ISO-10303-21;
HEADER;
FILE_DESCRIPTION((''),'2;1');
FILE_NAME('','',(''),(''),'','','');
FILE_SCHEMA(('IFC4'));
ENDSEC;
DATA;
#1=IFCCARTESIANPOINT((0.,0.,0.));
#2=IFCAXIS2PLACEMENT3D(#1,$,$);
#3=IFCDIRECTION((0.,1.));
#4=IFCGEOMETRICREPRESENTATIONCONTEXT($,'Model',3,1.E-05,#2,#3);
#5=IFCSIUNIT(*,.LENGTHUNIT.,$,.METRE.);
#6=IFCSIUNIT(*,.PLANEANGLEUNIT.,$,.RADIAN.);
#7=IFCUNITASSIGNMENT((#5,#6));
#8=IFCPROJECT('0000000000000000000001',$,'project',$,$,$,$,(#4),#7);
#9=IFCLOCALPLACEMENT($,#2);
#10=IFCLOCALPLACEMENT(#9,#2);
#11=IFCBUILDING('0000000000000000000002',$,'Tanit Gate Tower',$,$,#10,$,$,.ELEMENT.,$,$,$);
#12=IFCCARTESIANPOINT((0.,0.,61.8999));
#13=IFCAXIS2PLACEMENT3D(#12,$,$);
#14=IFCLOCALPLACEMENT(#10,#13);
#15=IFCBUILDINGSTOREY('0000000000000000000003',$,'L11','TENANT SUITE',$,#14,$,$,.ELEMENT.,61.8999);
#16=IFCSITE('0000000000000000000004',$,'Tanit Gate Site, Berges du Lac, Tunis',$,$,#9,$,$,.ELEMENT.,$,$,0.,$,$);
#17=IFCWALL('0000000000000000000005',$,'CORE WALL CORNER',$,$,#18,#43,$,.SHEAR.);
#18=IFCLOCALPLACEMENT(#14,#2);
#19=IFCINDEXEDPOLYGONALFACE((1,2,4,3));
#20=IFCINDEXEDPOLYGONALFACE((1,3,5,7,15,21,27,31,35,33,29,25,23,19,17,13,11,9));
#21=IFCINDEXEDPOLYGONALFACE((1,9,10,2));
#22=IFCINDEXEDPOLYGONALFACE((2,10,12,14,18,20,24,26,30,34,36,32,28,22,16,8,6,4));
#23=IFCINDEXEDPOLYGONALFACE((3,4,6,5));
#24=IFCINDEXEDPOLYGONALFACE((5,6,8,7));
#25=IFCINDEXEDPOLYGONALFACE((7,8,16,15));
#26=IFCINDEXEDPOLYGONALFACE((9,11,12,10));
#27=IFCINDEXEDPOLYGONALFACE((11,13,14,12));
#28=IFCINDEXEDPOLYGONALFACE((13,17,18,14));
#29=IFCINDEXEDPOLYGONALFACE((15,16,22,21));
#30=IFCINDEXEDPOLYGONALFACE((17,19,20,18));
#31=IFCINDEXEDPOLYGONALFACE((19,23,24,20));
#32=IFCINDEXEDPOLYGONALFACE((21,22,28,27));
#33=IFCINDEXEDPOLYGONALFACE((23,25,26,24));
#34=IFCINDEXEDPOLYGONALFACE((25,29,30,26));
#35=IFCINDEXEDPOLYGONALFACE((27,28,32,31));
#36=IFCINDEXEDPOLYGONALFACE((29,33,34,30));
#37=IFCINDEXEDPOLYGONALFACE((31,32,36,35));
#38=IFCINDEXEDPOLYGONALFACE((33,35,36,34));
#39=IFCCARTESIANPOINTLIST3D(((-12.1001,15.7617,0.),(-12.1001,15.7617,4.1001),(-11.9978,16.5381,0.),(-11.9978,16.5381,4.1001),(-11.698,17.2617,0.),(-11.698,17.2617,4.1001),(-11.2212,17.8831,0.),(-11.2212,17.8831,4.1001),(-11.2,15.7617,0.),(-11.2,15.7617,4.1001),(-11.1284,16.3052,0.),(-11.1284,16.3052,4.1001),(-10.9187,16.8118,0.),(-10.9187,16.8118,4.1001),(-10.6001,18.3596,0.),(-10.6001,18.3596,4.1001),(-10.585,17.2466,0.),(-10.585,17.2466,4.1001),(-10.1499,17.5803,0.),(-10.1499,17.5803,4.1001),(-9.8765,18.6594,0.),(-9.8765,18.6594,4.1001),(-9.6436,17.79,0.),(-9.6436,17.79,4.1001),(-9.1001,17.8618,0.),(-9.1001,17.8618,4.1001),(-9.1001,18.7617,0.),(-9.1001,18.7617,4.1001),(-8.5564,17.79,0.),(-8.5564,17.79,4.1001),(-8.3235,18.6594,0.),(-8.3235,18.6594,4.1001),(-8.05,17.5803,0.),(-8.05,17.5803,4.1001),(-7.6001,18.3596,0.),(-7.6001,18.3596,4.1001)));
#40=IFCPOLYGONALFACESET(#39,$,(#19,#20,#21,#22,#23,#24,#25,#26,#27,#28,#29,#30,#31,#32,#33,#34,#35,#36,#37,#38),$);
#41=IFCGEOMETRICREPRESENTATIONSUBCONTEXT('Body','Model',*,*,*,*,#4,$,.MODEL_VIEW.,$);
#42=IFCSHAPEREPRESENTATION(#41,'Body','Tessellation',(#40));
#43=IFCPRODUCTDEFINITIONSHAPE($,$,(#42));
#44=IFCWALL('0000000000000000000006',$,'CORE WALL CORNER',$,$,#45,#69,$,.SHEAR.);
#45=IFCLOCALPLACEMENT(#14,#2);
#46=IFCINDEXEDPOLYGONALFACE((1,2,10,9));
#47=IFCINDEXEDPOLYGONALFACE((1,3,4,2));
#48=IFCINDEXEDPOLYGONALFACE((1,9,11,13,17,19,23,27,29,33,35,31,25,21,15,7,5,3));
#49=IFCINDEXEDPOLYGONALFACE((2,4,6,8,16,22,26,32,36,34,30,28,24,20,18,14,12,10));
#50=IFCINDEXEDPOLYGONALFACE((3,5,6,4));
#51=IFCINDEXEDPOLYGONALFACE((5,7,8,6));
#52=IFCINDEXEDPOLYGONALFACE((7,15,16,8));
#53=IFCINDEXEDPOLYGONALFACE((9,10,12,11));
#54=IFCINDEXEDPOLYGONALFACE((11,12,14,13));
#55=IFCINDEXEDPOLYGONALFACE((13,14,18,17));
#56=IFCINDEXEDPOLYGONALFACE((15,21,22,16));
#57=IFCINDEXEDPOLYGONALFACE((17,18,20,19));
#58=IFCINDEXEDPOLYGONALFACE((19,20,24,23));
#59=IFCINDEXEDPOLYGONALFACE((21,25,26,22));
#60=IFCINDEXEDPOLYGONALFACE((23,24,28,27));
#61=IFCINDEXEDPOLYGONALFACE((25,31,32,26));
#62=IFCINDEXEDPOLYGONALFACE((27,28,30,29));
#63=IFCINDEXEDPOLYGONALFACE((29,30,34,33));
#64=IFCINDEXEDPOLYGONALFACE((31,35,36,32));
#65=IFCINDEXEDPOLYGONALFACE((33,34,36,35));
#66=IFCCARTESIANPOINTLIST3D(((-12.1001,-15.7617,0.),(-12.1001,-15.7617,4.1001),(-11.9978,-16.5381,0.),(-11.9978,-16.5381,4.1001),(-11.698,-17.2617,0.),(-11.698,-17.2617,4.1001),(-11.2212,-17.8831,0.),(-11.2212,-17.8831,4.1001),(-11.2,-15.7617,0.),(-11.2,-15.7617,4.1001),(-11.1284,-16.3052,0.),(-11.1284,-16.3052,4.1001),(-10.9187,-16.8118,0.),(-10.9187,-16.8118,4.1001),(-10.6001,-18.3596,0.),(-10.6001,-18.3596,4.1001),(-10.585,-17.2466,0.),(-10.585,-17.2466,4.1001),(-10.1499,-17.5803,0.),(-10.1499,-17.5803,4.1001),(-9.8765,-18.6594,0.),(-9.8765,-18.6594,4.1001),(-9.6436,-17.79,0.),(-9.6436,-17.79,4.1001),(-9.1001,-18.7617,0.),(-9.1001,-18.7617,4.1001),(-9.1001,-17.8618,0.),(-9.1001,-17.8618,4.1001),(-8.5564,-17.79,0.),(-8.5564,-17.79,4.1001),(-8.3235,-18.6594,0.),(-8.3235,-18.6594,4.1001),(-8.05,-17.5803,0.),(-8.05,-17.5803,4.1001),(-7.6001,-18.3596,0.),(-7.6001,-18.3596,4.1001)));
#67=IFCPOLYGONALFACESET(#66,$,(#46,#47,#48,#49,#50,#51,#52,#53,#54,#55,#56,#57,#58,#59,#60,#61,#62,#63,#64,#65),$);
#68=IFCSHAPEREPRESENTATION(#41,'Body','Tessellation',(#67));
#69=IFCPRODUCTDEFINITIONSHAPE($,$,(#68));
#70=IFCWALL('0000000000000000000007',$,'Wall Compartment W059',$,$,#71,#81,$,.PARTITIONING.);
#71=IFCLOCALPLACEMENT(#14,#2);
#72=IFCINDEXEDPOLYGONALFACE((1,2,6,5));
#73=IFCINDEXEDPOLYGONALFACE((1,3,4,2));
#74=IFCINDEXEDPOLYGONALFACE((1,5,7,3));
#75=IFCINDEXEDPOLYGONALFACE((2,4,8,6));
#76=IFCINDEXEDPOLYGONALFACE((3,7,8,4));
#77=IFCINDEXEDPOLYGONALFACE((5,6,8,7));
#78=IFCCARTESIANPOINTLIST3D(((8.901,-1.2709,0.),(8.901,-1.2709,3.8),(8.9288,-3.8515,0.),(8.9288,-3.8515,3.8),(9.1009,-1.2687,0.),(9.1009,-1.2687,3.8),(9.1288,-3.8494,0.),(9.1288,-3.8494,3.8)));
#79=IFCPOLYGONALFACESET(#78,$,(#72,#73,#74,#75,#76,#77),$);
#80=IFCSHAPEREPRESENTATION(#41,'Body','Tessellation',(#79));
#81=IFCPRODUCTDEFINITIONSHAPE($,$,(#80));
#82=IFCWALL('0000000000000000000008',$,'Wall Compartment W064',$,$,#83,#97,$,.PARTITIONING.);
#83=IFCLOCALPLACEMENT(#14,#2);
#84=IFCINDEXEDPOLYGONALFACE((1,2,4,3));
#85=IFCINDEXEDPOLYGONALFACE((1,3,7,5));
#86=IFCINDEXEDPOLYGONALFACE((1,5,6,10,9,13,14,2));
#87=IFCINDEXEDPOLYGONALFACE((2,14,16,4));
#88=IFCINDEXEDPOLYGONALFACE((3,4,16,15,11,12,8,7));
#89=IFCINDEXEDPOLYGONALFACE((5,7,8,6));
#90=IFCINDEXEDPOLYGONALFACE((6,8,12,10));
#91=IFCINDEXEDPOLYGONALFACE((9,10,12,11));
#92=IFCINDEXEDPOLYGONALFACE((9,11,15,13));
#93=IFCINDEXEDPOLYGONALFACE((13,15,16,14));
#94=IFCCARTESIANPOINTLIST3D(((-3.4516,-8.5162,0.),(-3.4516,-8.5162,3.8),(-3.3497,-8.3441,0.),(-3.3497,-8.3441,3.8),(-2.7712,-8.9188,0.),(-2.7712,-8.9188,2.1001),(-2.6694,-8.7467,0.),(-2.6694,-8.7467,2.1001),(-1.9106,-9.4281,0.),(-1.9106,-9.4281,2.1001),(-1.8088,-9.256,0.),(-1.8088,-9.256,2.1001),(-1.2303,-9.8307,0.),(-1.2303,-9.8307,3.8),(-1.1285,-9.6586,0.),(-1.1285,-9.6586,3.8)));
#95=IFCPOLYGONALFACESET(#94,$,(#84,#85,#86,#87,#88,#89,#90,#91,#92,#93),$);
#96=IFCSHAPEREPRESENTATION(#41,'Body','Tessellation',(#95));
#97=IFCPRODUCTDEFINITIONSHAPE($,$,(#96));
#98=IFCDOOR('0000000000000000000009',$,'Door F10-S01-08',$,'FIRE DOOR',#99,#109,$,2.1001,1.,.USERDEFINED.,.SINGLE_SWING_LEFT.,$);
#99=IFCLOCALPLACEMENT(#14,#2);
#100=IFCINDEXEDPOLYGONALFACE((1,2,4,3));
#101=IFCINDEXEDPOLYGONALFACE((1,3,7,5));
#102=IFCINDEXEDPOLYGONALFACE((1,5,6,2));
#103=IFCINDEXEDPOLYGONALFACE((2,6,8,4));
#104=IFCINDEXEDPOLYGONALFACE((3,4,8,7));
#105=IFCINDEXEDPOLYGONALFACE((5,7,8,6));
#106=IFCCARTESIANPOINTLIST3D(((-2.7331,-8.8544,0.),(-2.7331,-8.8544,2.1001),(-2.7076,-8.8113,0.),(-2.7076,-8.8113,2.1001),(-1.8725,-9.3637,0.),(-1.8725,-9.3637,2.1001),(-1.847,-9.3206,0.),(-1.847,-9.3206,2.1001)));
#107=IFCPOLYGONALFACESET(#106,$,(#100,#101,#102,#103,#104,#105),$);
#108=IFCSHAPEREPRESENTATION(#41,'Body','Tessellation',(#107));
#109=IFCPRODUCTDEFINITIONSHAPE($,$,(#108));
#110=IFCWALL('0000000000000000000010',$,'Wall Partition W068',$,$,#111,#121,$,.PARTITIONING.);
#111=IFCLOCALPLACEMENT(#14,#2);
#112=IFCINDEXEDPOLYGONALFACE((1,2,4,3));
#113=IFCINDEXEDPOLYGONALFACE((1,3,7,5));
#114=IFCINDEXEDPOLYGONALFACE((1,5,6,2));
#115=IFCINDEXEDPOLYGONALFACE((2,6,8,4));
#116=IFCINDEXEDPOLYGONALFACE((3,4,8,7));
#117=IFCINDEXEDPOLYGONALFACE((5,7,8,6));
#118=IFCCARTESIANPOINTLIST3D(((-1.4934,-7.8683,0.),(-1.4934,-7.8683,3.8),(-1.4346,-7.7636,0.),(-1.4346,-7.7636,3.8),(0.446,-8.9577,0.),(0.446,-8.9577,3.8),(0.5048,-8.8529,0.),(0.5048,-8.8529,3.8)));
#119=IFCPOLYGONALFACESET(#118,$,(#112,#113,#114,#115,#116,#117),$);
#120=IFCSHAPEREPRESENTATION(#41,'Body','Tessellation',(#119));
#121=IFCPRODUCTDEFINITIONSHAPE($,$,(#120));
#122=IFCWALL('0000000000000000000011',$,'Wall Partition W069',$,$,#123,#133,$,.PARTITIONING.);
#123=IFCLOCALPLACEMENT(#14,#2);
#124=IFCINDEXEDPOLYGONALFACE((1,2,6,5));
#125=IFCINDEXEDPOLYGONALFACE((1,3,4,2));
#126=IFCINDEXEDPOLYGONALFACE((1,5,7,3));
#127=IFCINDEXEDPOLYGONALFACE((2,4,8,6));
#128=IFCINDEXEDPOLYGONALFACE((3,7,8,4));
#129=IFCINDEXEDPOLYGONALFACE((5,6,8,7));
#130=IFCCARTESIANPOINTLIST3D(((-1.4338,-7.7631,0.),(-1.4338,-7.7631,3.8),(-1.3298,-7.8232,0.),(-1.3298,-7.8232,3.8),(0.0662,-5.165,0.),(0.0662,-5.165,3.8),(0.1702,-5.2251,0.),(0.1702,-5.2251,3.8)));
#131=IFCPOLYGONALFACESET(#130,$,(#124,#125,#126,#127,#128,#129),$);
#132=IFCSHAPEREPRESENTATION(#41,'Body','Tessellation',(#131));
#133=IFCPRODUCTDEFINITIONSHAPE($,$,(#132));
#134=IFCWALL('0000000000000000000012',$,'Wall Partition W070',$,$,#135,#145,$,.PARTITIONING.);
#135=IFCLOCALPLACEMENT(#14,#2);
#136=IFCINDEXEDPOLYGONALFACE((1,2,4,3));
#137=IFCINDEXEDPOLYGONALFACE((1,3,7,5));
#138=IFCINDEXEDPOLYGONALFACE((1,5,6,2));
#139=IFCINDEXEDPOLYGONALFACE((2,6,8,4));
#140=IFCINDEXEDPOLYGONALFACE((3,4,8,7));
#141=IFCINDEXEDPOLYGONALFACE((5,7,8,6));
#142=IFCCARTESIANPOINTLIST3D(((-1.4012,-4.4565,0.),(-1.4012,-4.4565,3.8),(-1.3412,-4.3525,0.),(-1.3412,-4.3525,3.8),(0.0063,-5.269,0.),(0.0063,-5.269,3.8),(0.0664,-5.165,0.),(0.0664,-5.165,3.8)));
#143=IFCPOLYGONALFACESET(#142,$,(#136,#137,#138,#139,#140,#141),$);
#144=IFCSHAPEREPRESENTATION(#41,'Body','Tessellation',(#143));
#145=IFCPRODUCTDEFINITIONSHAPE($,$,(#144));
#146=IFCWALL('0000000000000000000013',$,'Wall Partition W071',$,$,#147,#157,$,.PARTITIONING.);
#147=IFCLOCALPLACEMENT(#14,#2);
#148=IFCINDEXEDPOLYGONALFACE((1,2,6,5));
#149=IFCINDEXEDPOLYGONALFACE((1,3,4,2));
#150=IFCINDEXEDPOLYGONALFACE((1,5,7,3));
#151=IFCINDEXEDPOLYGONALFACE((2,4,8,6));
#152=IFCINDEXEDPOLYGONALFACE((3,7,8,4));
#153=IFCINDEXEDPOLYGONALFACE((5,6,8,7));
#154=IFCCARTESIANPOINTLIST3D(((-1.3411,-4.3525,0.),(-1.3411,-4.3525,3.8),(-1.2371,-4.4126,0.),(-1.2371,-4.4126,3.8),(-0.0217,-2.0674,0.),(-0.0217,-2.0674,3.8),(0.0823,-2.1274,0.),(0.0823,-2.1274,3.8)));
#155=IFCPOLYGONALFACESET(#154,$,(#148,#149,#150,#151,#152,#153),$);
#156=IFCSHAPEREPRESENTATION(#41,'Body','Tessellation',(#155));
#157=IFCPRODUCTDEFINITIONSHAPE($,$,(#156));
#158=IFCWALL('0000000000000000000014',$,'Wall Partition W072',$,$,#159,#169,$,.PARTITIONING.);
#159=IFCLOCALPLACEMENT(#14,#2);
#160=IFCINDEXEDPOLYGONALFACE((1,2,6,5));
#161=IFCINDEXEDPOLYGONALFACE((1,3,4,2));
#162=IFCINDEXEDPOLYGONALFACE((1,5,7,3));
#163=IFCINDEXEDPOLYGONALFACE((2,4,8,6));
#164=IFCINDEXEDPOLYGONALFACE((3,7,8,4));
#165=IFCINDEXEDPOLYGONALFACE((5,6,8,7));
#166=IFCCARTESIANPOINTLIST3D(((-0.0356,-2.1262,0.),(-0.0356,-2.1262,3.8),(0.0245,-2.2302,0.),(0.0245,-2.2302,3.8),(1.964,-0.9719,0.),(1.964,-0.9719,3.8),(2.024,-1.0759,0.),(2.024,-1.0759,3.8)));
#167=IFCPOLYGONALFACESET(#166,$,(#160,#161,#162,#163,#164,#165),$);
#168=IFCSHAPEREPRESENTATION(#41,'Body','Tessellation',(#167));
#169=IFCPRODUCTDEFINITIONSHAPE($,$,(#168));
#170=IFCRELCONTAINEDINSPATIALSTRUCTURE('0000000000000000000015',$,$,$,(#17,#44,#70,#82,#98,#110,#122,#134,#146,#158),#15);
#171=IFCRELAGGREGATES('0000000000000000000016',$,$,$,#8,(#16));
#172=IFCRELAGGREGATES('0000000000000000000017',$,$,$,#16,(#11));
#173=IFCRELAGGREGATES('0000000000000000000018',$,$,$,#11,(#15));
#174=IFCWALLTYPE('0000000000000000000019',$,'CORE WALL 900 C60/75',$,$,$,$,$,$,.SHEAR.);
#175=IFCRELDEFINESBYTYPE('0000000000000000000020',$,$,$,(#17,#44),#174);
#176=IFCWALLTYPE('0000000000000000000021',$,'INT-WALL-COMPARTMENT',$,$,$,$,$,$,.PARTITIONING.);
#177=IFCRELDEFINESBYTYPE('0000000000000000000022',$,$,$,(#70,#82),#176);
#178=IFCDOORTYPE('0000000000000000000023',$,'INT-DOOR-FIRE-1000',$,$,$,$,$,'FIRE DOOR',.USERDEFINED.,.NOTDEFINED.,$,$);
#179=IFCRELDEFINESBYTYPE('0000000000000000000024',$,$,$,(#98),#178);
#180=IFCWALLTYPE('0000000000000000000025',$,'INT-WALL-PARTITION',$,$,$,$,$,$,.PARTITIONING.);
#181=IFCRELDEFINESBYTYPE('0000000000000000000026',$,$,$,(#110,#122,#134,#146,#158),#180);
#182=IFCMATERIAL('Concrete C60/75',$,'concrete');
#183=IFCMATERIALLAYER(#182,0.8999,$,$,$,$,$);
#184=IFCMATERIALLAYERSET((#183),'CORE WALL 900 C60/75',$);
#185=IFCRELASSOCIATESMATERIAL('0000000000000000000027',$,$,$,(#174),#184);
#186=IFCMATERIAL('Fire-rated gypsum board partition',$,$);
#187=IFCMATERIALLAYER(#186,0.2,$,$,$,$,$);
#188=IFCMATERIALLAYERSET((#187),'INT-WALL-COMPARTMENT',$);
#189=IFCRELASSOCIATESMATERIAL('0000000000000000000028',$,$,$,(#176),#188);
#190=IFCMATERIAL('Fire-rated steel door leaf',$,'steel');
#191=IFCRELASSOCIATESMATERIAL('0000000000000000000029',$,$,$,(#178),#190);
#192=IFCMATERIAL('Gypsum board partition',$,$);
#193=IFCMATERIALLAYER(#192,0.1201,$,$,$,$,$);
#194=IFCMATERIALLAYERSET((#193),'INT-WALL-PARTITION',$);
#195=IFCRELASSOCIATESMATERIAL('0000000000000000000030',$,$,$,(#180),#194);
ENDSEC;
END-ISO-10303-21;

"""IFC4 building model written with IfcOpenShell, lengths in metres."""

from ifc_helpers import new_model, si_unit, direction, frame, frame_2d, origin, place, context, subcontext, project, spatial, polyline, rectangle, outline, extrude, material, layer, layer_set, type_object, element, fill, save


model = new_model("IFC4")

# Units and contexts
model_context = context("Model", 3, precision=1e-05, world=origin(), true_north=direction((0.0, 1.0)))
body_context = subcontext(model_context, "Body", "Model", "MODEL_VIEW")
ifc_project = project(units=[si_unit("LENGTHUNIT", "METRE"), si_unit("PLANEANGLEUNIT", "RADIAN")], contexts=[model_context])

# Site, building, storey
site_placement = place(None, origin())
site = spatial("IfcSite", under=ifc_project, at=site_placement, Name="Tanit Gate Site, Berges du Lac, Tunis", CompositionType="ELEMENT", RefElevation=0.0)
building_placement = place(site_placement, origin())
building = spatial("IfcBuilding", under=site, at=building_placement, Name="Tanit Gate Tower", CompositionType="ELEMENT")
storey_placement = place(building_placement, frame((0.0, 0.0, 61.8999)))
storey = spatial("IfcBuildingStorey", under=building, at=storey_placement, Name="L11", Description="TENANT SUITE", CompositionType="ELEMENT", Elevation=61.8999)

# Walls
ifc_material_1 = material(Name="Concrete C60/75", Category="concrete")
ifc_layer_1 = layer(ifc_material_1, 0.8999)
ifc_layer_set_1 = layer_set([ifc_layer_1], Name="CORE WALL 900 C60/75")
wall_type_1 = type_object("IfcWallType", Name="CORE WALL 900 C60/75", PredefinedType="SHEAR", material=ifc_layer_set_1)
wall_1_placement = place(storey_placement, origin())
element("IfcWall", 1, at=wall_1_placement, inside=storey, type_object=wall_type_1, Name="CORE WALL CORNER", PredefinedType="SHEAR", context=body_context, shape_type="SweptSolid", body=[
    extrude(outline(polyline([(-7.6001, 18.3596), (-8.3235, 18.6594), (-9.1001, 18.7617), (-9.8765, 18.6594), (-10.6001, 18.3596), (-11.2212, 17.8831), (-11.698, 17.2617), (-11.9978, 16.5381), (-12.1001, 15.7617), (-11.2, 15.7617), (-11.1284, 16.3052), (-10.9187, 16.8118), (-10.585, 17.2466), (-10.1499, 17.5803), (-9.6436, 17.79), (-9.1001, 17.8618), (-8.5564, 17.79), (-8.05, 17.5803), (-7.6001, 18.3596)])), origin(), (0.0, 0.0, 1.0), 4.1001),
])
wall_2_placement = place(storey_placement, origin())
element("IfcWall", 2, at=wall_2_placement, inside=storey, type_object=wall_type_1, Name="CORE WALL CORNER", PredefinedType="SHEAR", context=body_context, shape_type="SweptSolid", body=[
    extrude(outline(polyline([(-12.1001, -15.7617), (-11.9978, -16.5381), (-11.698, -17.2617), (-11.2212, -17.8831), (-10.6001, -18.3596), (-9.8765, -18.6594), (-9.1001, -18.7617), (-8.3235, -18.6594), (-7.6001, -18.3596), (-8.05, -17.5803), (-8.5564, -17.79), (-9.1001, -17.8618), (-9.6436, -17.79), (-10.1499, -17.5803), (-10.585, -17.2466), (-10.9187, -16.8118), (-11.1284, -16.3052), (-11.2, -15.7617), (-12.1001, -15.7617)])), origin(), (0.0, 0.0, 1.0), 4.1001),
])
ifc_material_2 = material(Name="Fire-rated gypsum board partition")
ifc_layer_2 = layer(ifc_material_2, 0.2)
ifc_layer_set_2 = layer_set([ifc_layer_2], Name="INT-WALL-COMPARTMENT")
wall_type_2 = type_object("IfcWallType", Name="INT-WALL-COMPARTMENT", PredefinedType="PARTITIONING", material=ifc_layer_set_2)
wall_3_placement = place(storey_placement, frame((9.0288, -3.8506, 0.0), z_axis=(0.0, 0.0, 1.0), x_axis=(-0.010785, 0.999942, 0.0)))
element("IfcWall", 3, at=wall_3_placement, inside=storey, type_object=wall_type_2, Name="Wall Compartment W059", PredefinedType="PARTITIONING", context=body_context, shape_type="SweptSolid", body=[
    extrude(rectangle(XDim=2.5808, YDim=0.2, at=frame_2d((1.2905, 0.0))), origin(), (0.0, 0.0, 1.0), 3.8),
])

# Wall, opening, door
wall_4_placement = place(storey_placement, frame((-3.4006, -8.4302, 0.0), z_axis=(0.0, 0.0, 1.0), x_axis=(0.860599, -0.509284, 0.0)))
wall_4 = element("IfcWall", 4, at=wall_4_placement, inside=storey, type_object=wall_type_2, Name="Wall Compartment W064", PredefinedType="PARTITIONING", context=body_context, shape_type="SweptSolid", body=[
    extrude(rectangle(XDim=2.5811, YDim=0.2, at=frame_2d((1.2905, 0.0))), origin(), (0.0, 0.0, 1.0), 3.8),
])
opening_1_placement = place(wall_4_placement, frame((0.7905, 0.0, 0.0)))
opening_1 = element("IfcOpeningElement", 5, at=opening_1_placement, cuts=wall_4, PredefinedType="OPENING", context=body_context, shape_type="SweptSolid", body=[
    extrude(rectangle(XDim=1.0, YDim=2.1001, at=frame_2d((0.5, 1.05))), frame((0.0, 0.1099, 0.0), z_axis=(0.0, -1.0, 0.0), x_axis=(1.0, 0.0, 0.0)), (0.0, 0.0, 1.0), 0.22),
])
ifc_material_3 = material(Name="Fire-rated steel door leaf", Category="steel")
door_type_1 = type_object("IfcDoorType", Name="INT-DOOR-FIRE-1000", ElementType="FIRE DOOR", OperationType="NOTDEFINED", PredefinedType="USERDEFINED", material=ifc_material_3)
door_1_placement = place(opening_1_placement, origin())
door_1 = element("IfcDoor", 6, at=door_1_placement, inside=storey, type_object=door_type_1, Name="Door F10-S01-08", ObjectType="FIRE DOOR", OperationType="SINGLE_SWING_LEFT", OverallHeight=2.1001, OverallWidth=1.0, PredefinedType="USERDEFINED", context=body_context, shape_type="SweptSolid", body=[
    extrude(rectangle(XDim=1.0, YDim=2.1001, at=frame_2d((0.5, 1.05))), frame((0.0, 0.0249, 0.0), z_axis=(0.0, -1.0, 0.0), x_axis=(1.0, 0.0, 0.0)), (0.0, 0.0, 1.0), 0.05),
])
fill(opening_1, door_1)

# Walls
ifc_material_4 = material(Name="Gypsum board partition")
ifc_layer_3 = layer(ifc_material_4, 0.1201)
ifc_layer_set_3 = layer_set([ifc_layer_3], Name="INT-WALL-PARTITION")
wall_type_3 = type_object("IfcWallType", Name="INT-WALL-PARTITION", PredefinedType="PARTITIONING", material=ifc_layer_set_3)
wall_5_placement = place(storey_placement, frame((-1.4641, -7.8159, 0.0), z_axis=(0.0, 0.0, 1.0), x_axis=(0.87188, -0.489719, 0.0)))
element("IfcWall", 7, at=wall_5_placement, inside=storey, type_object=wall_type_3, Name="Wall Partition W068", PredefinedType="PARTITIONING", context=body_context, shape_type="SweptSolid", body=[
    extrude(rectangle(XDim=2.2244, YDim=0.1201, at=frame_2d((1.1123, 0.0))), origin(), (0.0, 0.0, 1.0), 3.8),
])
wall_6_placement = place(storey_placement, frame((0.1182, -5.1951, 0.0), z_axis=(0.0, 0.0, 1.0), x_axis=(-0.49999, -0.866031, 0.0)))
element("IfcWall", 8, at=wall_6_placement, inside=storey, type_object=wall_type_3, Name="Wall Partition W069", PredefinedType="PARTITIONING", context=body_context, shape_type="SweptSolid", body=[
    extrude(rectangle(XDim=3.0, YDim=0.1201, at=frame_2d((1.5, 0.0))), origin(), (0.0, 0.0, 1.0), 3.8),
])
wall_7_placement = place(storey_placement, frame((-1.3711, -4.4045, 0.0), z_axis=(0.0, 0.0, 1.0), x_axis=(0.866053, -0.499952, 0.0)))
element("IfcWall", 9, at=wall_7_placement, inside=storey, type_object=wall_type_3, Name="Wall Partition W070", PredefinedType="PARTITIONING", context=body_context, shape_type="SweptSolid", body=[
    extrude(rectangle(XDim=1.6252, YDim=0.1201, at=frame_2d((0.8125, 0.0))), origin(), (0.0, 0.0, 1.0), 3.8),
])
wall_8_placement = place(storey_placement, frame((0.0303, -2.0974, 0.0), z_axis=(0.0, 0.0, 1.0), x_axis=(-0.5, -0.866025, 0.0)))
element("IfcWall", 10, at=wall_8_placement, inside=storey, type_object=wall_type_3, Name="Wall Partition W071", PredefinedType="PARTITIONING", context=body_context, shape_type="SweptSolid", body=[
    extrude(rectangle(XDim=2.6387, YDim=0.1201, at=frame_2d((1.3193, 0.0))), origin(), (0.0, 0.0, 1.0), 3.8),
])
wall_9_placement = place(storey_placement, frame((1.9939, -1.0239, 0.0), z_axis=(0.0, 0.0, 1.0), x_axis=(-0.866048, -0.49996, 0.0)))
element("IfcWall", 11, at=wall_9_placement, inside=storey, type_object=wall_type_3, Name="Wall Partition W072", PredefinedType="PARTITIONING", context=body_context, shape_type="SweptSolid", body=[
    extrude(rectangle(XDim=2.3088, YDim=0.1201, at=frame_2d((1.1543, 0.0))), origin(), (0.0, 0.0, 1.0), 3.8),
])

save(model, "model.ifc")
